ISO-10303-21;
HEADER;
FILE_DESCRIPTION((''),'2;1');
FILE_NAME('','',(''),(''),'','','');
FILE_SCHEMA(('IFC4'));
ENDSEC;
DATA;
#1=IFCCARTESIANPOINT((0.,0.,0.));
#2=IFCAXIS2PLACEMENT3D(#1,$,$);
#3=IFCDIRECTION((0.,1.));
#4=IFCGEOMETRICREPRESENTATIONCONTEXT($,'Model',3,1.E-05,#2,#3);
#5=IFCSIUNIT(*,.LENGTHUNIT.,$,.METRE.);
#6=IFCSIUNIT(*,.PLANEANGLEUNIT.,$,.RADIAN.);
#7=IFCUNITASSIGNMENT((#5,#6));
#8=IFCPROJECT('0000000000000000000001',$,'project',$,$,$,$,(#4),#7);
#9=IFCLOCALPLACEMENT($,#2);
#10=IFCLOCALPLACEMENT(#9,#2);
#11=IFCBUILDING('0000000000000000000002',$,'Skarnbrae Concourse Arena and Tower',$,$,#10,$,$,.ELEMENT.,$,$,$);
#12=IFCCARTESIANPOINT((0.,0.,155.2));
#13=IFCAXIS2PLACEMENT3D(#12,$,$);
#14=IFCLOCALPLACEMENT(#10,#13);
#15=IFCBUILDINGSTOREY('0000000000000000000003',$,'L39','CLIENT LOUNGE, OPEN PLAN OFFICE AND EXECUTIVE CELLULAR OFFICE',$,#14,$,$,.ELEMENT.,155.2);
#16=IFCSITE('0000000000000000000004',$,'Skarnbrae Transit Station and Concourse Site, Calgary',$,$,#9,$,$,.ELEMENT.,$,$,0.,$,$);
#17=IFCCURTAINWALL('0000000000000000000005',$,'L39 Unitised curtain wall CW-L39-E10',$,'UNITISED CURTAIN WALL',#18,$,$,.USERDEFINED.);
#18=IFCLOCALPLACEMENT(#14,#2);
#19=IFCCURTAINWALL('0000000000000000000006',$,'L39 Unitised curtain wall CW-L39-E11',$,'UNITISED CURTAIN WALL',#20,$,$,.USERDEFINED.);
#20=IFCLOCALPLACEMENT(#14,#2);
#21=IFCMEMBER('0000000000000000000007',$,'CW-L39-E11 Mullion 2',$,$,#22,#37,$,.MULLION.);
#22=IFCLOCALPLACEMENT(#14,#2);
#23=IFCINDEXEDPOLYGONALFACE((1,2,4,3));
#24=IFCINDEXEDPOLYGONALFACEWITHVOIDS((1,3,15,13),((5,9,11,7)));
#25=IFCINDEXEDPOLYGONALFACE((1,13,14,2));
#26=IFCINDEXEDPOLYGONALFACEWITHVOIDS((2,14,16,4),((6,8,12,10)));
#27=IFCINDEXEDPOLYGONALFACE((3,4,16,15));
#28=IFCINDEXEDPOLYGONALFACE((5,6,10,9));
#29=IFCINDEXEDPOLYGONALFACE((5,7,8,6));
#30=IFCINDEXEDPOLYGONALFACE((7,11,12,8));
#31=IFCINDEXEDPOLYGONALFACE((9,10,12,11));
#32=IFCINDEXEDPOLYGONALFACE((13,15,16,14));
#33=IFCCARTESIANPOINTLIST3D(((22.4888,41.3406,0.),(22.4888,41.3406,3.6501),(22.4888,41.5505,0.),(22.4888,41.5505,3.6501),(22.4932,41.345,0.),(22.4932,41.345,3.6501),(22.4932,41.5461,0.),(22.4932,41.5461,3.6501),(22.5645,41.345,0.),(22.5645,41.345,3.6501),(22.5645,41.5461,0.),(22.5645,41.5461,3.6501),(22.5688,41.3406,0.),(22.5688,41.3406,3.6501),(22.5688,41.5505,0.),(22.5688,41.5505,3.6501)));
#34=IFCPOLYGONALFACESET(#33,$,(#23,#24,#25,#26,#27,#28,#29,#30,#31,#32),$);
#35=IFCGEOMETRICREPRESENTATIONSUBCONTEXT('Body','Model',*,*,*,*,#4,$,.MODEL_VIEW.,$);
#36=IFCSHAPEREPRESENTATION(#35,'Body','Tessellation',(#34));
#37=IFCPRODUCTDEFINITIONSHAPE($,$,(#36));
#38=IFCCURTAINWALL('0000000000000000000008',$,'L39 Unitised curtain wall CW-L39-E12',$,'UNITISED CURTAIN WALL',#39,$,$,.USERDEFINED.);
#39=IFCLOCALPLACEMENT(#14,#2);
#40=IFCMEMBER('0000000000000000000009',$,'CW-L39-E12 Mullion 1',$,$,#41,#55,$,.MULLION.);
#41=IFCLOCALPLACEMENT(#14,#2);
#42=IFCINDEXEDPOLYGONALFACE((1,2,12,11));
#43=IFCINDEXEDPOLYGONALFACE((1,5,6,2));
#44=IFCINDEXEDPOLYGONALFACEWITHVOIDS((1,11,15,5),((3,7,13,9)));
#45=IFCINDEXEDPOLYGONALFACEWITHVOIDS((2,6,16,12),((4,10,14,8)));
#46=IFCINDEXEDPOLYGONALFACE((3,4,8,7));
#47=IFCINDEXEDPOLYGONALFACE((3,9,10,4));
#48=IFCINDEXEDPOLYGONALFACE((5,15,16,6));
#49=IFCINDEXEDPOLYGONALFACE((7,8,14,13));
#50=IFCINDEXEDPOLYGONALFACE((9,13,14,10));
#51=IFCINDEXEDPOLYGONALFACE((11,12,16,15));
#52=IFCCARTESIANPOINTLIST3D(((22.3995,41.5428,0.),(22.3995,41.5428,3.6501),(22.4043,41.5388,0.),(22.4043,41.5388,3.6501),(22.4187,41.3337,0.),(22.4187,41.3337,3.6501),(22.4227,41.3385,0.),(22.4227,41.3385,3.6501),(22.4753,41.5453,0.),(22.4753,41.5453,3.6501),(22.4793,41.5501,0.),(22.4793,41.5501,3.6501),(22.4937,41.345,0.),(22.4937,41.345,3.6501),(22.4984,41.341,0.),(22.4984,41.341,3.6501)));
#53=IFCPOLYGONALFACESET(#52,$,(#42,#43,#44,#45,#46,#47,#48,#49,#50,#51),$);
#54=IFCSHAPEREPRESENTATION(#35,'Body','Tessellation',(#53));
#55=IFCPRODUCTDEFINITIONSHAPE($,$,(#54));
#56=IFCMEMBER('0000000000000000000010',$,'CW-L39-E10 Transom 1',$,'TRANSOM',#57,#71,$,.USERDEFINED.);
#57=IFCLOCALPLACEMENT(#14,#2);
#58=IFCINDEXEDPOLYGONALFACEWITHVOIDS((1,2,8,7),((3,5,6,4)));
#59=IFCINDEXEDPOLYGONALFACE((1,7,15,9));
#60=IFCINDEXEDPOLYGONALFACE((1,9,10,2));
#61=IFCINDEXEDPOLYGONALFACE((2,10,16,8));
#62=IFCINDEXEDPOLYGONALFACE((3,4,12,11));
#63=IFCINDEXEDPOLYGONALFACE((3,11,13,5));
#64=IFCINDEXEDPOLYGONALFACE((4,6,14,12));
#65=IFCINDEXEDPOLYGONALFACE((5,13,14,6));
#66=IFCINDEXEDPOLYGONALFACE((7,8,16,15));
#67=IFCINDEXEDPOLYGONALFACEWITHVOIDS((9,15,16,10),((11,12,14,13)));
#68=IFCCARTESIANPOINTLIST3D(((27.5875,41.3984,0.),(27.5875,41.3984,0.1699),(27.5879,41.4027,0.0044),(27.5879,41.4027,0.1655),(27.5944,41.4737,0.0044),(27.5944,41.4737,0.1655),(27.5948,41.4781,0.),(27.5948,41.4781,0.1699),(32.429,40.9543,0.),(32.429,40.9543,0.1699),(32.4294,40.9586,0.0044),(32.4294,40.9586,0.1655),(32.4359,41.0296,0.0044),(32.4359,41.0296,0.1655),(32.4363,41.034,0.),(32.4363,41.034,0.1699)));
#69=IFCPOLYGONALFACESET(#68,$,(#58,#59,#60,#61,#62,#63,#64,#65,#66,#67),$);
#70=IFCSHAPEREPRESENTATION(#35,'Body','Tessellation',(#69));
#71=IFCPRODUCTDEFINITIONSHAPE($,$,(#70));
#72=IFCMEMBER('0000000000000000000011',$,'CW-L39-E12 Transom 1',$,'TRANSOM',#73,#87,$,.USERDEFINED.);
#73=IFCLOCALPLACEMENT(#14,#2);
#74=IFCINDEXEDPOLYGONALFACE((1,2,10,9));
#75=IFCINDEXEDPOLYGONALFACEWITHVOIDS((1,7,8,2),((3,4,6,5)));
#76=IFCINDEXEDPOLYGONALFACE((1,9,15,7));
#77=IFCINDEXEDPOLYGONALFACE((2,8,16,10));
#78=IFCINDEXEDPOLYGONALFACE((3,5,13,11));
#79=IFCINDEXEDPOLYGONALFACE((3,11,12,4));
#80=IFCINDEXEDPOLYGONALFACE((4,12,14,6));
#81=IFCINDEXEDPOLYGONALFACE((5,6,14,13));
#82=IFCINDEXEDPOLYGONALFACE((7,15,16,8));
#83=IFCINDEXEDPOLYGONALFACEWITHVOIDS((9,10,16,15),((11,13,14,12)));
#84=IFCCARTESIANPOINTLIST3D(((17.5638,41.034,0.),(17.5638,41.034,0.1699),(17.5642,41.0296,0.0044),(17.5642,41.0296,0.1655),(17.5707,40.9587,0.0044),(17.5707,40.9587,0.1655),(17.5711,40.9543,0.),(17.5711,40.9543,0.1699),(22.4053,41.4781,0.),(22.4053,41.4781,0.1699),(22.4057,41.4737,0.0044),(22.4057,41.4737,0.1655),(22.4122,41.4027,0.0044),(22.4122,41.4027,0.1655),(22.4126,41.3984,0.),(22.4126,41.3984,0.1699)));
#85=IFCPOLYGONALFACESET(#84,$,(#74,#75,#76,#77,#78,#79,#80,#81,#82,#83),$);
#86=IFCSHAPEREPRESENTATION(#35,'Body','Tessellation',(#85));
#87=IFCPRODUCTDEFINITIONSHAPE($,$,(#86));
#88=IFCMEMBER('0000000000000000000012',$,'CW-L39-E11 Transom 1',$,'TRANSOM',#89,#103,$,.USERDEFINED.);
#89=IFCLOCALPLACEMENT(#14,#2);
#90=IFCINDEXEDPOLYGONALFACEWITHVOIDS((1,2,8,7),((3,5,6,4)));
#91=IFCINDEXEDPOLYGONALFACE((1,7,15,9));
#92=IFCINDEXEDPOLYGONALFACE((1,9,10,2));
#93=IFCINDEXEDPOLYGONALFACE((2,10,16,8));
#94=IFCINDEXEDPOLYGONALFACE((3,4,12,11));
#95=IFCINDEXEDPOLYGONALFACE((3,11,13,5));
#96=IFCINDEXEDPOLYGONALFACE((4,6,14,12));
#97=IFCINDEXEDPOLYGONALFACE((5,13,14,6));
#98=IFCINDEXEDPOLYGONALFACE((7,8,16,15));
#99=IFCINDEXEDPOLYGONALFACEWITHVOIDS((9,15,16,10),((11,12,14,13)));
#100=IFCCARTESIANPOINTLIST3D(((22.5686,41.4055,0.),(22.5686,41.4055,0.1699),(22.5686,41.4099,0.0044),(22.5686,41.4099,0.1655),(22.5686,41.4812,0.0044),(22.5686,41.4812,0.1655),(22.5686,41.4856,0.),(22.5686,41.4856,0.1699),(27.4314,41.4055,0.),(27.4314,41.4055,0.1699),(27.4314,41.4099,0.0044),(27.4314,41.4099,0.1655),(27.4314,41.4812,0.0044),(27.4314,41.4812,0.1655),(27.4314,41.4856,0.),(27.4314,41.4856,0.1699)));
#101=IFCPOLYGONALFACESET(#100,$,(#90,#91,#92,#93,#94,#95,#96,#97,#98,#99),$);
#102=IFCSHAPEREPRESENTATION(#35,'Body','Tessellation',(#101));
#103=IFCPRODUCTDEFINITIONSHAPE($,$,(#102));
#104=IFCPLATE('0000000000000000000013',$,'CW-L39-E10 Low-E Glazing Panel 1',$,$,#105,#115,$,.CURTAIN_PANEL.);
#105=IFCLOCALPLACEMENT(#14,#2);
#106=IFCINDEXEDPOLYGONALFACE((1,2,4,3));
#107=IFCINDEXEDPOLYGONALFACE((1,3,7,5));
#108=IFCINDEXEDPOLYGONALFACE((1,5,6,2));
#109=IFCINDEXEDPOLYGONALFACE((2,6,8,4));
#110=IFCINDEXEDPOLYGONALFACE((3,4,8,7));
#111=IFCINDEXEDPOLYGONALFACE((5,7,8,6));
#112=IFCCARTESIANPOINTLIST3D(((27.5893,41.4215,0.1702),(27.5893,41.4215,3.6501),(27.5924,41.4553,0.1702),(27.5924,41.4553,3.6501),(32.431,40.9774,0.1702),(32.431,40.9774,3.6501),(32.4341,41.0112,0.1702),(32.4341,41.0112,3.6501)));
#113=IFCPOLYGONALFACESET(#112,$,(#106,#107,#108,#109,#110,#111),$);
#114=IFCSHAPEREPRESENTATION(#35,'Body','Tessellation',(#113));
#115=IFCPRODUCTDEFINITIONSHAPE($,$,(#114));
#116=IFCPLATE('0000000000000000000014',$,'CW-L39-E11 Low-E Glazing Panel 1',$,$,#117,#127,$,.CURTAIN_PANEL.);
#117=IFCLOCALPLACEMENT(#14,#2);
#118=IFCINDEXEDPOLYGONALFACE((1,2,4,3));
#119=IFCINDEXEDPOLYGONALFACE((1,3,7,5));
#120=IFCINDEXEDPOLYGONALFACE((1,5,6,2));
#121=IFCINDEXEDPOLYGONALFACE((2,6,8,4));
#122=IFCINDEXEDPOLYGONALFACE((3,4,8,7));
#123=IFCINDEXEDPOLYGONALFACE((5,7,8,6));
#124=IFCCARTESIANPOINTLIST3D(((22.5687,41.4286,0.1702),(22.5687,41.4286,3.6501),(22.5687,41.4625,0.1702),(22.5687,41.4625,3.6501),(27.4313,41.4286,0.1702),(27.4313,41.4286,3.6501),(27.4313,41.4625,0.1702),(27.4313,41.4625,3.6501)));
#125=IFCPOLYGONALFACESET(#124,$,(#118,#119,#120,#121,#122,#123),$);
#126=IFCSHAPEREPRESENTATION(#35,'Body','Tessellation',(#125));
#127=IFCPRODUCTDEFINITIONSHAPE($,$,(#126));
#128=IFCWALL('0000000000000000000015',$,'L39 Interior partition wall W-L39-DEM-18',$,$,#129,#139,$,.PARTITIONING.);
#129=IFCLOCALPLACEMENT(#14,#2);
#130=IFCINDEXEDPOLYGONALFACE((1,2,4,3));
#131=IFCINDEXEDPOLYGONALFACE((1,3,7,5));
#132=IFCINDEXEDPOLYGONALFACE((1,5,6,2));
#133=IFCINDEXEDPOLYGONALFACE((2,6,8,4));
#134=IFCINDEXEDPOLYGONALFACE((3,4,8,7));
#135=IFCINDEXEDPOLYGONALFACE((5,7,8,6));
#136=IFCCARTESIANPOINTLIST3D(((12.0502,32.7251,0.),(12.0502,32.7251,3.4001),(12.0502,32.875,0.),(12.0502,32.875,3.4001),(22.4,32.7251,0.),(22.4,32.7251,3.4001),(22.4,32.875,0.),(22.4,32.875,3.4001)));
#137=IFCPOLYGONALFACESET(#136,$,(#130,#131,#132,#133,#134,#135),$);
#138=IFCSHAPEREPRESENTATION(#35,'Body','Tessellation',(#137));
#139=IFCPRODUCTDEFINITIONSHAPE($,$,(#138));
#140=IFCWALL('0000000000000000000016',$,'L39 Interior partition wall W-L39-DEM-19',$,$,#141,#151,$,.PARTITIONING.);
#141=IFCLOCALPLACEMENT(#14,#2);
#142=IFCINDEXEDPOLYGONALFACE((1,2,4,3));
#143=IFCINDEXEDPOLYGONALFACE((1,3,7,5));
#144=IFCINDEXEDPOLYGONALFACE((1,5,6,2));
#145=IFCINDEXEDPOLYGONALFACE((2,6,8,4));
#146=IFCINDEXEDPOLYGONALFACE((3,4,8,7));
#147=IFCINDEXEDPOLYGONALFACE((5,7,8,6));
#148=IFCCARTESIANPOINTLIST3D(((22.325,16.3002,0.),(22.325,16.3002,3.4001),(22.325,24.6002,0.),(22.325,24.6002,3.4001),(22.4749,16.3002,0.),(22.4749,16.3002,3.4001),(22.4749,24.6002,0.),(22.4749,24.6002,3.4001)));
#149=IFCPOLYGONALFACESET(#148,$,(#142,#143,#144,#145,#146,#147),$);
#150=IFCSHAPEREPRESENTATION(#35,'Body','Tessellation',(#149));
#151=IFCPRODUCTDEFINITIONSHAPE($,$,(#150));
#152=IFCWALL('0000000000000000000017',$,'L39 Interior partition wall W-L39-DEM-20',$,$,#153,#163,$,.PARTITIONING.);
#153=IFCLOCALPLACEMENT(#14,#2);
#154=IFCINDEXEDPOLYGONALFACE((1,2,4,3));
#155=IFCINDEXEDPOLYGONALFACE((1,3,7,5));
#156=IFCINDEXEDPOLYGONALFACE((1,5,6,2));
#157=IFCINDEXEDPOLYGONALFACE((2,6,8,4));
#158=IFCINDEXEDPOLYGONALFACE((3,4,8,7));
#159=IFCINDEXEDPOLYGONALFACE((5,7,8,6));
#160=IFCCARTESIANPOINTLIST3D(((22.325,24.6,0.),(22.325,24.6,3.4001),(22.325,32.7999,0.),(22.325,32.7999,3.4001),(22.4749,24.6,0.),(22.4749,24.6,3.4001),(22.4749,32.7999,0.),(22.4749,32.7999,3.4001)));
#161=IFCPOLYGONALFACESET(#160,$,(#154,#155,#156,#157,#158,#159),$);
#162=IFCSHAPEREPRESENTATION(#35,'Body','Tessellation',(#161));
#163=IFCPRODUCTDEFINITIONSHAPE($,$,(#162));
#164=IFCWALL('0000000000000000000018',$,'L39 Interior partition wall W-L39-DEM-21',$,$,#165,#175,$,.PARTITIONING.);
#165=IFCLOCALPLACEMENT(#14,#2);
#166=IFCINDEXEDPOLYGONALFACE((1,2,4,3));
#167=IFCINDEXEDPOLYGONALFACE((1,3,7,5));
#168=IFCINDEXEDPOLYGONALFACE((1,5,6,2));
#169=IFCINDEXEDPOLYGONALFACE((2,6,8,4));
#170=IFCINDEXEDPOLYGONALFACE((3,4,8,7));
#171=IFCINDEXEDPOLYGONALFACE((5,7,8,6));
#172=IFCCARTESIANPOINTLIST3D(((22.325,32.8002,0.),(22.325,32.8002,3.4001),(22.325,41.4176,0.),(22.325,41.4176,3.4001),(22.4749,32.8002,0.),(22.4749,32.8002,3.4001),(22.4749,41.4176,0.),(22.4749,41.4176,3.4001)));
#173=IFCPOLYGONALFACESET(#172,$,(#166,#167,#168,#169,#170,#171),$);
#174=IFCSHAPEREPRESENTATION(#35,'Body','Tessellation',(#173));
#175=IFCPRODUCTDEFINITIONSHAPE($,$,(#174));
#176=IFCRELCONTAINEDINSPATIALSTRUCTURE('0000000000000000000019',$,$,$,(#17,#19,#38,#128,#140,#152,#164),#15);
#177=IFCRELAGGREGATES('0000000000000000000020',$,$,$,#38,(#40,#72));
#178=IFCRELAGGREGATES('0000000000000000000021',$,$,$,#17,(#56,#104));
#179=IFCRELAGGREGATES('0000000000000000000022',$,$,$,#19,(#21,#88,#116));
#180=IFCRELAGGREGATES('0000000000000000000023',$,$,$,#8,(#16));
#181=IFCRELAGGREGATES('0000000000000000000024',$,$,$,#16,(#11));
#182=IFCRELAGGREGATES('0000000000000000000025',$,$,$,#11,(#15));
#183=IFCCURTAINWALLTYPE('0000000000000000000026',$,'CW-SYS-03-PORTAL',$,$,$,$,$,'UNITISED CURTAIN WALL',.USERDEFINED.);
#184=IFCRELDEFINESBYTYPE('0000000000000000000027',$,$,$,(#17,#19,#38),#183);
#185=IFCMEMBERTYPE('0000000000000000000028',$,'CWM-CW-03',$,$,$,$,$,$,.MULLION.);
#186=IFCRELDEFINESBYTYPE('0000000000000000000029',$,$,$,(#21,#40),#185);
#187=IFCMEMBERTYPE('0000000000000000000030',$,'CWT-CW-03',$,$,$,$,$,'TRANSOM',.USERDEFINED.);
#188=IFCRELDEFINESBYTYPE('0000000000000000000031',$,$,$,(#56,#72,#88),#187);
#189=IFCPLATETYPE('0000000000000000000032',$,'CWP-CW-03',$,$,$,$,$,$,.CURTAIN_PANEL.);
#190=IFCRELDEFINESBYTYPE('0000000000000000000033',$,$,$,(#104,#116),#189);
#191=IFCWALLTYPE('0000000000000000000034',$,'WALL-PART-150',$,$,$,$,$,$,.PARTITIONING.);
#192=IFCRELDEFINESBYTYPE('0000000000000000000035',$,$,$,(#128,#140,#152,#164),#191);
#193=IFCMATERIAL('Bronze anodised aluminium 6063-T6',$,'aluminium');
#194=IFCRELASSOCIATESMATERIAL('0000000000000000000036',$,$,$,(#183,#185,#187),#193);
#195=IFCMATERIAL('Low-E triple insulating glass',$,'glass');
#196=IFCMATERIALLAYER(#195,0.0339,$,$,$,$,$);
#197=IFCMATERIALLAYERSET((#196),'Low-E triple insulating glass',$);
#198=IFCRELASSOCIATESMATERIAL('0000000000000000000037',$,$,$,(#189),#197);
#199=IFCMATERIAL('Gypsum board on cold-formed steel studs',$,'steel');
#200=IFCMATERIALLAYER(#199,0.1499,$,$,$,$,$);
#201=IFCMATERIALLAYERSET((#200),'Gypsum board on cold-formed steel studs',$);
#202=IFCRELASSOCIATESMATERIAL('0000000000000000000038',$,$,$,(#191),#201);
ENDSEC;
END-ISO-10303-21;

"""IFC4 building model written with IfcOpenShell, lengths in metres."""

from ifc_helpers import new_model, si_unit, direction, frame, frame_2d, origin, origin_2d, place, context, subcontext, project, spatial, rectangle, hollow_rectangle, extrude, source, transform, mapped, material, layer, layer_set, material_profile, profile_set, type_object, element, aggregate, save


model = new_model("IFC4")

# Units and contexts
model_context = context("Model", 3, precision=1e-05, world=origin(), true_north=direction((0.0, 1.0)))
body_context = subcontext(model_context, "Body", "Model", "MODEL_VIEW")
ifc_project = project(units=[si_unit("LENGTHUNIT", "METRE"), si_unit("PLANEANGLEUNIT", "RADIAN")], contexts=[model_context])

# Site, building, storey
site_placement = place(None, origin())
site = spatial("IfcSite", under=ifc_project, at=site_placement, Name="Skarnbrae Transit Station and Concourse Site, Calgary", CompositionType="ELEMENT", RefElevation=0.0)
building_placement = place(site_placement, origin())
building = spatial("IfcBuilding", under=site, at=building_placement, Name="Skarnbrae Concourse Arena and Tower", CompositionType="ELEMENT")
storey_placement = place(building_placement, frame((0.0, 0.0, 155.2)))
storey = spatial("IfcBuildingStorey", under=building, at=storey_placement, Name="L39", Description="CLIENT LOUNGE, OPEN PLAN OFFICE AND EXECUTIVE CELLULAR OFFICE", CompositionType="ELEMENT", Elevation=155.2)

# Shared definitions
ifc_material_1 = material(Name="Bronze anodised aluminium 6063-T6", Category="aluminium")
curtain_wall_type = type_object("IfcCurtainWallType", Name="CW-SYS-03-PORTAL", ElementType="UNITISED CURTAIN WALL", PredefinedType="USERDEFINED", material=ifc_material_1)
ifc_material_profile_1 = material_profile(ifc_material_1, hollow_rectangle(XDim=0.0801, YDim=0.21, WallThickness=0.0044, at=origin_2d()), Name="ALU-MULL-80X210")
ifc_profile_set_1 = profile_set([ifc_material_profile_1], Name="Bronze anodised aluminium 6063-T6")
member_type_1 = type_object("IfcMemberType", Name="CWM-CW-03", PredefinedType="MULLION", material=ifc_profile_set_1)
shared_shape_1 = source(origin(), body_context, "Body", "SweptSolid", [
    extrude(hollow_rectangle(XDim=0.0801, YDim=0.21, WallThickness=0.0044, at=origin_2d()), origin(), (0.0, 0.0, 1.0), 3.6501),
])

# Curtain walls, member
curtain_wall_1_placement = place(storey_placement, origin())
curtain_wall_1 = element("IfcCurtainWall", 1, at=curtain_wall_1_placement, inside=storey, type_object=curtain_wall_type, Name="L39 Unitised curtain wall CW-L39-E10", ObjectType="UNITISED CURTAIN WALL", PredefinedType="USERDEFINED")
curtain_wall_2_placement = place(storey_placement, origin())
curtain_wall_2 = element("IfcCurtainWall", 2, at=curtain_wall_2_placement, inside=storey, type_object=curtain_wall_type, Name="L39 Unitised curtain wall CW-L39-E11", ObjectType="UNITISED CURTAIN WALL", PredefinedType="USERDEFINED")
member_1_placement = place(storey_placement, frame((22.5288, 41.4456, 0.0), z_axis=(0.0, 0.0, 1.0), x_axis=(-1.0, 0.0, 0.0)))
member_1 = element("IfcMember", 3, at=member_1_placement, type_object=member_type_1, Name="CW-L39-E11 Mullion 2", PredefinedType="MULLION", context=body_context, shape_type="MappedRepresentation", body=[
    mapped(shared_shape_1, transform((0.0, 0.0, 0.0))),
])

# Curtain wall, member
curtain_wall_3_placement = place(storey_placement, origin())
curtain_wall_3 = element("IfcCurtainWall", 4, at=curtain_wall_3_placement, inside=storey, type_object=curtain_wall_type, Name="L39 Unitised curtain wall CW-L39-E12", ObjectType="UNITISED CURTAIN WALL", PredefinedType="USERDEFINED")
member_2_placement = place(storey_placement, frame((22.449, 41.4419, 0.0), z_axis=(0.0, 0.0, 1.0), x_axis=(-0.99582, -0.091338, 0.0)))
member_2 = element("IfcMember", 5, at=member_2_placement, type_object=member_type_1, Name="CW-L39-E12 Mullion 1", PredefinedType="MULLION", context=body_context, shape_type="MappedRepresentation", body=[
    mapped(shared_shape_1, transform((0.0, 0.0, 0.0))),
])

# Members
ifc_material_profile_2 = material_profile(ifc_material_1, hollow_rectangle(XDim=0.0801, YDim=0.1699, WallThickness=0.0044, at=origin_2d()), Name="ALU-TRAN-80X170")
ifc_profile_set_2 = profile_set([ifc_material_profile_2], Name="Bronze anodised aluminium 6063-T6")
member_type_2 = type_object("IfcMemberType", Name="CWT-CW-03", ElementType="TRANSOM", PredefinedType="USERDEFINED", material=ifc_profile_set_2)
shared_shape_2 = source(origin(), body_context, "Body", "SweptSolid", [
    extrude(hollow_rectangle(XDim=0.0801, YDim=0.1699, WallThickness=0.0044, at=origin_2d()), origin(), (0.0, 0.0, 1.0), 4.8618),
])
member_3_placement = place(storey_placement, frame((32.4326, 40.9941, 0.085), z_axis=(-0.99582, 0.091342, 0.0), x_axis=(-0.091342, -0.99582, 0.0)))
member_3 = element("IfcMember", 6, at=member_3_placement, type_object=member_type_2, Name="CW-L39-E10 Transom 1", ObjectType="TRANSOM", PredefinedType="USERDEFINED", context=body_context, shape_type="MappedRepresentation", body=[
    mapped(shared_shape_2, transform((0.0, 0.0, 0.0))),
])
member_4_placement = place(storey_placement, frame((22.4089, 41.4382, 0.085), z_axis=(-0.99582, -0.091342, 0.0), x_axis=(0.091342, -0.99582, 0.0)))
member_4 = element("IfcMember", 7, at=member_4_placement, type_object=member_type_2, Name="CW-L39-E12 Transom 1", ObjectType="TRANSOM", PredefinedType="USERDEFINED", context=body_context, shape_type="MappedRepresentation", body=[
    mapped(shared_shape_2, transform((0.0, 0.0, 0.0))),
])
aggregate(curtain_wall_3, [member_2, member_4])
shared_shape_3 = source(origin(), body_context, "Body", "SweptSolid", [
    extrude(hollow_rectangle(XDim=0.0801, YDim=0.1699, WallThickness=0.0044, at=origin_2d()), origin(), (0.0, 0.0, 1.0), 4.8628),
])
member_5_placement = place(storey_placement, frame((27.4314, 41.4456, 0.085), z_axis=(-1.0, 0.0, 0.0), x_axis=(0.0, -1.0, 0.0)))
member_5 = element("IfcMember", 8, at=member_5_placement, type_object=member_type_2, Name="CW-L39-E11 Transom 1", ObjectType="TRANSOM", PredefinedType="USERDEFINED", context=body_context, shape_type="MappedRepresentation", body=[
    mapped(shared_shape_3, transform((0.0, 0.0, 0.0))),
])

# Plates
ifc_material_2 = material(Name="Low-E triple insulating glass", Category="glass")
ifc_layer_1 = layer(ifc_material_2, 0.0339)
ifc_layer_set_1 = layer_set([ifc_layer_1], Name="Low-E triple insulating glass")
plate_type = type_object("IfcPlateType", Name="CWP-CW-03", PredefinedType="CURTAIN_PANEL", material=ifc_layer_set_1)
shared_shape_4 = source(origin(), body_context, "Body", "SweptSolid", [
    extrude(rectangle(XDim=4.8621, YDim=0.0339, at=origin_2d()), origin(), (0.0, 0.0, 1.0), 3.48),
])
plate_1_placement = place(storey_placement, frame((30.0117, 41.2163, 0.1702), z_axis=(0.0, 0.0, 1.0), x_axis=(-0.99582, 0.091338, 0.0)))
plate_1 = element("IfcPlate", 9, at=plate_1_placement, type_object=plate_type, Name="CW-L39-E10 Low-E Glazing Panel 1", PredefinedType="CURTAIN_PANEL", context=body_context, shape_type="MappedRepresentation", body=[
    mapped(shared_shape_4, transform((0.0, 0.0, 0.0))),
])
aggregate(curtain_wall_1, [member_3, plate_1])
shared_shape_5 = source(origin(), body_context, "Body", "SweptSolid", [
    extrude(rectangle(XDim=4.8625, YDim=0.0339, at=origin_2d()), origin(), (0.0, 0.0, 1.0), 3.48),
])
plate_2_placement = place(storey_placement, frame((25.0, 41.4456, 0.1702), z_axis=(0.0, 0.0, 1.0), x_axis=(-1.0, 0.0, 0.0)))
plate_2 = element("IfcPlate", 10, at=plate_2_placement, type_object=plate_type, Name="CW-L39-E11 Low-E Glazing Panel 1", PredefinedType="CURTAIN_PANEL", context=body_context, shape_type="MappedRepresentation", body=[
    mapped(shared_shape_5, transform((0.0, 0.0, 0.0))),
])
aggregate(curtain_wall_2, [member_1, member_5, plate_2])

# Walls
ifc_material_3 = material(Name="Gypsum board on cold-formed steel studs", Category="steel")
ifc_layer_2 = layer(ifc_material_3, 0.1499)
ifc_layer_set_2 = layer_set([ifc_layer_2], Name="Gypsum board on cold-formed steel studs")
wall_type = type_object("IfcWallType", Name="WALL-PART-150", PredefinedType="PARTITIONING", material=ifc_layer_set_2)
shared_shape_6 = source(origin(), body_context, "Body", "SweptSolid", [
    extrude(rectangle(XDim=10.3499, YDim=0.1499, at=frame_2d((5.1748, 0.0))), origin(), (0.0, 0.0, 1.0), 3.4001),
])
wall_1_placement = place(storey_placement, frame((22.3999, 32.8, 0.0), z_axis=(0.0, 0.0, 1.0), x_axis=(-1.0, 0.0, 0.0)))
element("IfcWall", 11, at=wall_1_placement, inside=storey, type_object=wall_type, Name="L39 Interior partition wall W-L39-DEM-18", PredefinedType="PARTITIONING", context=body_context, shape_type="MappedRepresentation", body=[
    mapped(shared_shape_6, transform((0.0, 0.0, 0.0))),
])
shared_shape_7 = source(origin(), body_context, "Body", "SweptSolid", [
    extrude(rectangle(XDim=8.3, YDim=0.1499, at=frame_2d((4.1499, 0.0))), origin(), (0.0, 0.0, 1.0), 3.4001),
])
wall_2_placement = place(storey_placement, frame((22.3999, 24.6001, 0.0), z_axis=(0.0, 0.0, 1.0), x_axis=(0.0, -1.0, 0.0)))
element("IfcWall", 12, at=wall_2_placement, inside=storey, type_object=wall_type, Name="L39 Interior partition wall W-L39-DEM-19", PredefinedType="PARTITIONING", context=body_context, shape_type="MappedRepresentation", body=[
    mapped(shared_shape_7, transform((0.0, 0.0, 0.0))),
])
shared_shape_8 = source(origin(), body_context, "Body", "SweptSolid", [
    extrude(rectangle(XDim=8.2, YDim=0.1499, at=frame_2d((4.1001, 0.0))), origin(), (0.0, 0.0, 1.0), 3.4001),
])
wall_3_placement = place(storey_placement, frame((22.3999, 32.8, 0.0), z_axis=(0.0, 0.0, 1.0), x_axis=(0.0, -1.0, 0.0)))
element("IfcWall", 13, at=wall_3_placement, inside=storey, type_object=wall_type, Name="L39 Interior partition wall W-L39-DEM-20", PredefinedType="PARTITIONING", context=body_context, shape_type="MappedRepresentation", body=[
    mapped(shared_shape_8, transform((0.0, 0.0, 0.0))),
])
shared_shape_9 = source(origin(), body_context, "Body", "SweptSolid", [
    extrude(rectangle(XDim=8.6174, YDim=0.1499, at=frame_2d((4.3086, 0.0))), origin(), (0.0, 0.0, 1.0), 3.4001),
])
wall_4_placement = place(storey_placement, frame((22.3999, 41.4175, 0.0), z_axis=(0.0, 0.0, 1.0), x_axis=(0.0, -1.0, 0.0)))
element("IfcWall", 14, at=wall_4_placement, inside=storey, type_object=wall_type, Name="L39 Interior partition wall W-L39-DEM-21", PredefinedType="PARTITIONING", context=body_context, shape_type="MappedRepresentation", body=[
    mapped(shared_shape_9, transform((0.0, 0.0, 0.0))),
])

save(model, "model.ifc")
